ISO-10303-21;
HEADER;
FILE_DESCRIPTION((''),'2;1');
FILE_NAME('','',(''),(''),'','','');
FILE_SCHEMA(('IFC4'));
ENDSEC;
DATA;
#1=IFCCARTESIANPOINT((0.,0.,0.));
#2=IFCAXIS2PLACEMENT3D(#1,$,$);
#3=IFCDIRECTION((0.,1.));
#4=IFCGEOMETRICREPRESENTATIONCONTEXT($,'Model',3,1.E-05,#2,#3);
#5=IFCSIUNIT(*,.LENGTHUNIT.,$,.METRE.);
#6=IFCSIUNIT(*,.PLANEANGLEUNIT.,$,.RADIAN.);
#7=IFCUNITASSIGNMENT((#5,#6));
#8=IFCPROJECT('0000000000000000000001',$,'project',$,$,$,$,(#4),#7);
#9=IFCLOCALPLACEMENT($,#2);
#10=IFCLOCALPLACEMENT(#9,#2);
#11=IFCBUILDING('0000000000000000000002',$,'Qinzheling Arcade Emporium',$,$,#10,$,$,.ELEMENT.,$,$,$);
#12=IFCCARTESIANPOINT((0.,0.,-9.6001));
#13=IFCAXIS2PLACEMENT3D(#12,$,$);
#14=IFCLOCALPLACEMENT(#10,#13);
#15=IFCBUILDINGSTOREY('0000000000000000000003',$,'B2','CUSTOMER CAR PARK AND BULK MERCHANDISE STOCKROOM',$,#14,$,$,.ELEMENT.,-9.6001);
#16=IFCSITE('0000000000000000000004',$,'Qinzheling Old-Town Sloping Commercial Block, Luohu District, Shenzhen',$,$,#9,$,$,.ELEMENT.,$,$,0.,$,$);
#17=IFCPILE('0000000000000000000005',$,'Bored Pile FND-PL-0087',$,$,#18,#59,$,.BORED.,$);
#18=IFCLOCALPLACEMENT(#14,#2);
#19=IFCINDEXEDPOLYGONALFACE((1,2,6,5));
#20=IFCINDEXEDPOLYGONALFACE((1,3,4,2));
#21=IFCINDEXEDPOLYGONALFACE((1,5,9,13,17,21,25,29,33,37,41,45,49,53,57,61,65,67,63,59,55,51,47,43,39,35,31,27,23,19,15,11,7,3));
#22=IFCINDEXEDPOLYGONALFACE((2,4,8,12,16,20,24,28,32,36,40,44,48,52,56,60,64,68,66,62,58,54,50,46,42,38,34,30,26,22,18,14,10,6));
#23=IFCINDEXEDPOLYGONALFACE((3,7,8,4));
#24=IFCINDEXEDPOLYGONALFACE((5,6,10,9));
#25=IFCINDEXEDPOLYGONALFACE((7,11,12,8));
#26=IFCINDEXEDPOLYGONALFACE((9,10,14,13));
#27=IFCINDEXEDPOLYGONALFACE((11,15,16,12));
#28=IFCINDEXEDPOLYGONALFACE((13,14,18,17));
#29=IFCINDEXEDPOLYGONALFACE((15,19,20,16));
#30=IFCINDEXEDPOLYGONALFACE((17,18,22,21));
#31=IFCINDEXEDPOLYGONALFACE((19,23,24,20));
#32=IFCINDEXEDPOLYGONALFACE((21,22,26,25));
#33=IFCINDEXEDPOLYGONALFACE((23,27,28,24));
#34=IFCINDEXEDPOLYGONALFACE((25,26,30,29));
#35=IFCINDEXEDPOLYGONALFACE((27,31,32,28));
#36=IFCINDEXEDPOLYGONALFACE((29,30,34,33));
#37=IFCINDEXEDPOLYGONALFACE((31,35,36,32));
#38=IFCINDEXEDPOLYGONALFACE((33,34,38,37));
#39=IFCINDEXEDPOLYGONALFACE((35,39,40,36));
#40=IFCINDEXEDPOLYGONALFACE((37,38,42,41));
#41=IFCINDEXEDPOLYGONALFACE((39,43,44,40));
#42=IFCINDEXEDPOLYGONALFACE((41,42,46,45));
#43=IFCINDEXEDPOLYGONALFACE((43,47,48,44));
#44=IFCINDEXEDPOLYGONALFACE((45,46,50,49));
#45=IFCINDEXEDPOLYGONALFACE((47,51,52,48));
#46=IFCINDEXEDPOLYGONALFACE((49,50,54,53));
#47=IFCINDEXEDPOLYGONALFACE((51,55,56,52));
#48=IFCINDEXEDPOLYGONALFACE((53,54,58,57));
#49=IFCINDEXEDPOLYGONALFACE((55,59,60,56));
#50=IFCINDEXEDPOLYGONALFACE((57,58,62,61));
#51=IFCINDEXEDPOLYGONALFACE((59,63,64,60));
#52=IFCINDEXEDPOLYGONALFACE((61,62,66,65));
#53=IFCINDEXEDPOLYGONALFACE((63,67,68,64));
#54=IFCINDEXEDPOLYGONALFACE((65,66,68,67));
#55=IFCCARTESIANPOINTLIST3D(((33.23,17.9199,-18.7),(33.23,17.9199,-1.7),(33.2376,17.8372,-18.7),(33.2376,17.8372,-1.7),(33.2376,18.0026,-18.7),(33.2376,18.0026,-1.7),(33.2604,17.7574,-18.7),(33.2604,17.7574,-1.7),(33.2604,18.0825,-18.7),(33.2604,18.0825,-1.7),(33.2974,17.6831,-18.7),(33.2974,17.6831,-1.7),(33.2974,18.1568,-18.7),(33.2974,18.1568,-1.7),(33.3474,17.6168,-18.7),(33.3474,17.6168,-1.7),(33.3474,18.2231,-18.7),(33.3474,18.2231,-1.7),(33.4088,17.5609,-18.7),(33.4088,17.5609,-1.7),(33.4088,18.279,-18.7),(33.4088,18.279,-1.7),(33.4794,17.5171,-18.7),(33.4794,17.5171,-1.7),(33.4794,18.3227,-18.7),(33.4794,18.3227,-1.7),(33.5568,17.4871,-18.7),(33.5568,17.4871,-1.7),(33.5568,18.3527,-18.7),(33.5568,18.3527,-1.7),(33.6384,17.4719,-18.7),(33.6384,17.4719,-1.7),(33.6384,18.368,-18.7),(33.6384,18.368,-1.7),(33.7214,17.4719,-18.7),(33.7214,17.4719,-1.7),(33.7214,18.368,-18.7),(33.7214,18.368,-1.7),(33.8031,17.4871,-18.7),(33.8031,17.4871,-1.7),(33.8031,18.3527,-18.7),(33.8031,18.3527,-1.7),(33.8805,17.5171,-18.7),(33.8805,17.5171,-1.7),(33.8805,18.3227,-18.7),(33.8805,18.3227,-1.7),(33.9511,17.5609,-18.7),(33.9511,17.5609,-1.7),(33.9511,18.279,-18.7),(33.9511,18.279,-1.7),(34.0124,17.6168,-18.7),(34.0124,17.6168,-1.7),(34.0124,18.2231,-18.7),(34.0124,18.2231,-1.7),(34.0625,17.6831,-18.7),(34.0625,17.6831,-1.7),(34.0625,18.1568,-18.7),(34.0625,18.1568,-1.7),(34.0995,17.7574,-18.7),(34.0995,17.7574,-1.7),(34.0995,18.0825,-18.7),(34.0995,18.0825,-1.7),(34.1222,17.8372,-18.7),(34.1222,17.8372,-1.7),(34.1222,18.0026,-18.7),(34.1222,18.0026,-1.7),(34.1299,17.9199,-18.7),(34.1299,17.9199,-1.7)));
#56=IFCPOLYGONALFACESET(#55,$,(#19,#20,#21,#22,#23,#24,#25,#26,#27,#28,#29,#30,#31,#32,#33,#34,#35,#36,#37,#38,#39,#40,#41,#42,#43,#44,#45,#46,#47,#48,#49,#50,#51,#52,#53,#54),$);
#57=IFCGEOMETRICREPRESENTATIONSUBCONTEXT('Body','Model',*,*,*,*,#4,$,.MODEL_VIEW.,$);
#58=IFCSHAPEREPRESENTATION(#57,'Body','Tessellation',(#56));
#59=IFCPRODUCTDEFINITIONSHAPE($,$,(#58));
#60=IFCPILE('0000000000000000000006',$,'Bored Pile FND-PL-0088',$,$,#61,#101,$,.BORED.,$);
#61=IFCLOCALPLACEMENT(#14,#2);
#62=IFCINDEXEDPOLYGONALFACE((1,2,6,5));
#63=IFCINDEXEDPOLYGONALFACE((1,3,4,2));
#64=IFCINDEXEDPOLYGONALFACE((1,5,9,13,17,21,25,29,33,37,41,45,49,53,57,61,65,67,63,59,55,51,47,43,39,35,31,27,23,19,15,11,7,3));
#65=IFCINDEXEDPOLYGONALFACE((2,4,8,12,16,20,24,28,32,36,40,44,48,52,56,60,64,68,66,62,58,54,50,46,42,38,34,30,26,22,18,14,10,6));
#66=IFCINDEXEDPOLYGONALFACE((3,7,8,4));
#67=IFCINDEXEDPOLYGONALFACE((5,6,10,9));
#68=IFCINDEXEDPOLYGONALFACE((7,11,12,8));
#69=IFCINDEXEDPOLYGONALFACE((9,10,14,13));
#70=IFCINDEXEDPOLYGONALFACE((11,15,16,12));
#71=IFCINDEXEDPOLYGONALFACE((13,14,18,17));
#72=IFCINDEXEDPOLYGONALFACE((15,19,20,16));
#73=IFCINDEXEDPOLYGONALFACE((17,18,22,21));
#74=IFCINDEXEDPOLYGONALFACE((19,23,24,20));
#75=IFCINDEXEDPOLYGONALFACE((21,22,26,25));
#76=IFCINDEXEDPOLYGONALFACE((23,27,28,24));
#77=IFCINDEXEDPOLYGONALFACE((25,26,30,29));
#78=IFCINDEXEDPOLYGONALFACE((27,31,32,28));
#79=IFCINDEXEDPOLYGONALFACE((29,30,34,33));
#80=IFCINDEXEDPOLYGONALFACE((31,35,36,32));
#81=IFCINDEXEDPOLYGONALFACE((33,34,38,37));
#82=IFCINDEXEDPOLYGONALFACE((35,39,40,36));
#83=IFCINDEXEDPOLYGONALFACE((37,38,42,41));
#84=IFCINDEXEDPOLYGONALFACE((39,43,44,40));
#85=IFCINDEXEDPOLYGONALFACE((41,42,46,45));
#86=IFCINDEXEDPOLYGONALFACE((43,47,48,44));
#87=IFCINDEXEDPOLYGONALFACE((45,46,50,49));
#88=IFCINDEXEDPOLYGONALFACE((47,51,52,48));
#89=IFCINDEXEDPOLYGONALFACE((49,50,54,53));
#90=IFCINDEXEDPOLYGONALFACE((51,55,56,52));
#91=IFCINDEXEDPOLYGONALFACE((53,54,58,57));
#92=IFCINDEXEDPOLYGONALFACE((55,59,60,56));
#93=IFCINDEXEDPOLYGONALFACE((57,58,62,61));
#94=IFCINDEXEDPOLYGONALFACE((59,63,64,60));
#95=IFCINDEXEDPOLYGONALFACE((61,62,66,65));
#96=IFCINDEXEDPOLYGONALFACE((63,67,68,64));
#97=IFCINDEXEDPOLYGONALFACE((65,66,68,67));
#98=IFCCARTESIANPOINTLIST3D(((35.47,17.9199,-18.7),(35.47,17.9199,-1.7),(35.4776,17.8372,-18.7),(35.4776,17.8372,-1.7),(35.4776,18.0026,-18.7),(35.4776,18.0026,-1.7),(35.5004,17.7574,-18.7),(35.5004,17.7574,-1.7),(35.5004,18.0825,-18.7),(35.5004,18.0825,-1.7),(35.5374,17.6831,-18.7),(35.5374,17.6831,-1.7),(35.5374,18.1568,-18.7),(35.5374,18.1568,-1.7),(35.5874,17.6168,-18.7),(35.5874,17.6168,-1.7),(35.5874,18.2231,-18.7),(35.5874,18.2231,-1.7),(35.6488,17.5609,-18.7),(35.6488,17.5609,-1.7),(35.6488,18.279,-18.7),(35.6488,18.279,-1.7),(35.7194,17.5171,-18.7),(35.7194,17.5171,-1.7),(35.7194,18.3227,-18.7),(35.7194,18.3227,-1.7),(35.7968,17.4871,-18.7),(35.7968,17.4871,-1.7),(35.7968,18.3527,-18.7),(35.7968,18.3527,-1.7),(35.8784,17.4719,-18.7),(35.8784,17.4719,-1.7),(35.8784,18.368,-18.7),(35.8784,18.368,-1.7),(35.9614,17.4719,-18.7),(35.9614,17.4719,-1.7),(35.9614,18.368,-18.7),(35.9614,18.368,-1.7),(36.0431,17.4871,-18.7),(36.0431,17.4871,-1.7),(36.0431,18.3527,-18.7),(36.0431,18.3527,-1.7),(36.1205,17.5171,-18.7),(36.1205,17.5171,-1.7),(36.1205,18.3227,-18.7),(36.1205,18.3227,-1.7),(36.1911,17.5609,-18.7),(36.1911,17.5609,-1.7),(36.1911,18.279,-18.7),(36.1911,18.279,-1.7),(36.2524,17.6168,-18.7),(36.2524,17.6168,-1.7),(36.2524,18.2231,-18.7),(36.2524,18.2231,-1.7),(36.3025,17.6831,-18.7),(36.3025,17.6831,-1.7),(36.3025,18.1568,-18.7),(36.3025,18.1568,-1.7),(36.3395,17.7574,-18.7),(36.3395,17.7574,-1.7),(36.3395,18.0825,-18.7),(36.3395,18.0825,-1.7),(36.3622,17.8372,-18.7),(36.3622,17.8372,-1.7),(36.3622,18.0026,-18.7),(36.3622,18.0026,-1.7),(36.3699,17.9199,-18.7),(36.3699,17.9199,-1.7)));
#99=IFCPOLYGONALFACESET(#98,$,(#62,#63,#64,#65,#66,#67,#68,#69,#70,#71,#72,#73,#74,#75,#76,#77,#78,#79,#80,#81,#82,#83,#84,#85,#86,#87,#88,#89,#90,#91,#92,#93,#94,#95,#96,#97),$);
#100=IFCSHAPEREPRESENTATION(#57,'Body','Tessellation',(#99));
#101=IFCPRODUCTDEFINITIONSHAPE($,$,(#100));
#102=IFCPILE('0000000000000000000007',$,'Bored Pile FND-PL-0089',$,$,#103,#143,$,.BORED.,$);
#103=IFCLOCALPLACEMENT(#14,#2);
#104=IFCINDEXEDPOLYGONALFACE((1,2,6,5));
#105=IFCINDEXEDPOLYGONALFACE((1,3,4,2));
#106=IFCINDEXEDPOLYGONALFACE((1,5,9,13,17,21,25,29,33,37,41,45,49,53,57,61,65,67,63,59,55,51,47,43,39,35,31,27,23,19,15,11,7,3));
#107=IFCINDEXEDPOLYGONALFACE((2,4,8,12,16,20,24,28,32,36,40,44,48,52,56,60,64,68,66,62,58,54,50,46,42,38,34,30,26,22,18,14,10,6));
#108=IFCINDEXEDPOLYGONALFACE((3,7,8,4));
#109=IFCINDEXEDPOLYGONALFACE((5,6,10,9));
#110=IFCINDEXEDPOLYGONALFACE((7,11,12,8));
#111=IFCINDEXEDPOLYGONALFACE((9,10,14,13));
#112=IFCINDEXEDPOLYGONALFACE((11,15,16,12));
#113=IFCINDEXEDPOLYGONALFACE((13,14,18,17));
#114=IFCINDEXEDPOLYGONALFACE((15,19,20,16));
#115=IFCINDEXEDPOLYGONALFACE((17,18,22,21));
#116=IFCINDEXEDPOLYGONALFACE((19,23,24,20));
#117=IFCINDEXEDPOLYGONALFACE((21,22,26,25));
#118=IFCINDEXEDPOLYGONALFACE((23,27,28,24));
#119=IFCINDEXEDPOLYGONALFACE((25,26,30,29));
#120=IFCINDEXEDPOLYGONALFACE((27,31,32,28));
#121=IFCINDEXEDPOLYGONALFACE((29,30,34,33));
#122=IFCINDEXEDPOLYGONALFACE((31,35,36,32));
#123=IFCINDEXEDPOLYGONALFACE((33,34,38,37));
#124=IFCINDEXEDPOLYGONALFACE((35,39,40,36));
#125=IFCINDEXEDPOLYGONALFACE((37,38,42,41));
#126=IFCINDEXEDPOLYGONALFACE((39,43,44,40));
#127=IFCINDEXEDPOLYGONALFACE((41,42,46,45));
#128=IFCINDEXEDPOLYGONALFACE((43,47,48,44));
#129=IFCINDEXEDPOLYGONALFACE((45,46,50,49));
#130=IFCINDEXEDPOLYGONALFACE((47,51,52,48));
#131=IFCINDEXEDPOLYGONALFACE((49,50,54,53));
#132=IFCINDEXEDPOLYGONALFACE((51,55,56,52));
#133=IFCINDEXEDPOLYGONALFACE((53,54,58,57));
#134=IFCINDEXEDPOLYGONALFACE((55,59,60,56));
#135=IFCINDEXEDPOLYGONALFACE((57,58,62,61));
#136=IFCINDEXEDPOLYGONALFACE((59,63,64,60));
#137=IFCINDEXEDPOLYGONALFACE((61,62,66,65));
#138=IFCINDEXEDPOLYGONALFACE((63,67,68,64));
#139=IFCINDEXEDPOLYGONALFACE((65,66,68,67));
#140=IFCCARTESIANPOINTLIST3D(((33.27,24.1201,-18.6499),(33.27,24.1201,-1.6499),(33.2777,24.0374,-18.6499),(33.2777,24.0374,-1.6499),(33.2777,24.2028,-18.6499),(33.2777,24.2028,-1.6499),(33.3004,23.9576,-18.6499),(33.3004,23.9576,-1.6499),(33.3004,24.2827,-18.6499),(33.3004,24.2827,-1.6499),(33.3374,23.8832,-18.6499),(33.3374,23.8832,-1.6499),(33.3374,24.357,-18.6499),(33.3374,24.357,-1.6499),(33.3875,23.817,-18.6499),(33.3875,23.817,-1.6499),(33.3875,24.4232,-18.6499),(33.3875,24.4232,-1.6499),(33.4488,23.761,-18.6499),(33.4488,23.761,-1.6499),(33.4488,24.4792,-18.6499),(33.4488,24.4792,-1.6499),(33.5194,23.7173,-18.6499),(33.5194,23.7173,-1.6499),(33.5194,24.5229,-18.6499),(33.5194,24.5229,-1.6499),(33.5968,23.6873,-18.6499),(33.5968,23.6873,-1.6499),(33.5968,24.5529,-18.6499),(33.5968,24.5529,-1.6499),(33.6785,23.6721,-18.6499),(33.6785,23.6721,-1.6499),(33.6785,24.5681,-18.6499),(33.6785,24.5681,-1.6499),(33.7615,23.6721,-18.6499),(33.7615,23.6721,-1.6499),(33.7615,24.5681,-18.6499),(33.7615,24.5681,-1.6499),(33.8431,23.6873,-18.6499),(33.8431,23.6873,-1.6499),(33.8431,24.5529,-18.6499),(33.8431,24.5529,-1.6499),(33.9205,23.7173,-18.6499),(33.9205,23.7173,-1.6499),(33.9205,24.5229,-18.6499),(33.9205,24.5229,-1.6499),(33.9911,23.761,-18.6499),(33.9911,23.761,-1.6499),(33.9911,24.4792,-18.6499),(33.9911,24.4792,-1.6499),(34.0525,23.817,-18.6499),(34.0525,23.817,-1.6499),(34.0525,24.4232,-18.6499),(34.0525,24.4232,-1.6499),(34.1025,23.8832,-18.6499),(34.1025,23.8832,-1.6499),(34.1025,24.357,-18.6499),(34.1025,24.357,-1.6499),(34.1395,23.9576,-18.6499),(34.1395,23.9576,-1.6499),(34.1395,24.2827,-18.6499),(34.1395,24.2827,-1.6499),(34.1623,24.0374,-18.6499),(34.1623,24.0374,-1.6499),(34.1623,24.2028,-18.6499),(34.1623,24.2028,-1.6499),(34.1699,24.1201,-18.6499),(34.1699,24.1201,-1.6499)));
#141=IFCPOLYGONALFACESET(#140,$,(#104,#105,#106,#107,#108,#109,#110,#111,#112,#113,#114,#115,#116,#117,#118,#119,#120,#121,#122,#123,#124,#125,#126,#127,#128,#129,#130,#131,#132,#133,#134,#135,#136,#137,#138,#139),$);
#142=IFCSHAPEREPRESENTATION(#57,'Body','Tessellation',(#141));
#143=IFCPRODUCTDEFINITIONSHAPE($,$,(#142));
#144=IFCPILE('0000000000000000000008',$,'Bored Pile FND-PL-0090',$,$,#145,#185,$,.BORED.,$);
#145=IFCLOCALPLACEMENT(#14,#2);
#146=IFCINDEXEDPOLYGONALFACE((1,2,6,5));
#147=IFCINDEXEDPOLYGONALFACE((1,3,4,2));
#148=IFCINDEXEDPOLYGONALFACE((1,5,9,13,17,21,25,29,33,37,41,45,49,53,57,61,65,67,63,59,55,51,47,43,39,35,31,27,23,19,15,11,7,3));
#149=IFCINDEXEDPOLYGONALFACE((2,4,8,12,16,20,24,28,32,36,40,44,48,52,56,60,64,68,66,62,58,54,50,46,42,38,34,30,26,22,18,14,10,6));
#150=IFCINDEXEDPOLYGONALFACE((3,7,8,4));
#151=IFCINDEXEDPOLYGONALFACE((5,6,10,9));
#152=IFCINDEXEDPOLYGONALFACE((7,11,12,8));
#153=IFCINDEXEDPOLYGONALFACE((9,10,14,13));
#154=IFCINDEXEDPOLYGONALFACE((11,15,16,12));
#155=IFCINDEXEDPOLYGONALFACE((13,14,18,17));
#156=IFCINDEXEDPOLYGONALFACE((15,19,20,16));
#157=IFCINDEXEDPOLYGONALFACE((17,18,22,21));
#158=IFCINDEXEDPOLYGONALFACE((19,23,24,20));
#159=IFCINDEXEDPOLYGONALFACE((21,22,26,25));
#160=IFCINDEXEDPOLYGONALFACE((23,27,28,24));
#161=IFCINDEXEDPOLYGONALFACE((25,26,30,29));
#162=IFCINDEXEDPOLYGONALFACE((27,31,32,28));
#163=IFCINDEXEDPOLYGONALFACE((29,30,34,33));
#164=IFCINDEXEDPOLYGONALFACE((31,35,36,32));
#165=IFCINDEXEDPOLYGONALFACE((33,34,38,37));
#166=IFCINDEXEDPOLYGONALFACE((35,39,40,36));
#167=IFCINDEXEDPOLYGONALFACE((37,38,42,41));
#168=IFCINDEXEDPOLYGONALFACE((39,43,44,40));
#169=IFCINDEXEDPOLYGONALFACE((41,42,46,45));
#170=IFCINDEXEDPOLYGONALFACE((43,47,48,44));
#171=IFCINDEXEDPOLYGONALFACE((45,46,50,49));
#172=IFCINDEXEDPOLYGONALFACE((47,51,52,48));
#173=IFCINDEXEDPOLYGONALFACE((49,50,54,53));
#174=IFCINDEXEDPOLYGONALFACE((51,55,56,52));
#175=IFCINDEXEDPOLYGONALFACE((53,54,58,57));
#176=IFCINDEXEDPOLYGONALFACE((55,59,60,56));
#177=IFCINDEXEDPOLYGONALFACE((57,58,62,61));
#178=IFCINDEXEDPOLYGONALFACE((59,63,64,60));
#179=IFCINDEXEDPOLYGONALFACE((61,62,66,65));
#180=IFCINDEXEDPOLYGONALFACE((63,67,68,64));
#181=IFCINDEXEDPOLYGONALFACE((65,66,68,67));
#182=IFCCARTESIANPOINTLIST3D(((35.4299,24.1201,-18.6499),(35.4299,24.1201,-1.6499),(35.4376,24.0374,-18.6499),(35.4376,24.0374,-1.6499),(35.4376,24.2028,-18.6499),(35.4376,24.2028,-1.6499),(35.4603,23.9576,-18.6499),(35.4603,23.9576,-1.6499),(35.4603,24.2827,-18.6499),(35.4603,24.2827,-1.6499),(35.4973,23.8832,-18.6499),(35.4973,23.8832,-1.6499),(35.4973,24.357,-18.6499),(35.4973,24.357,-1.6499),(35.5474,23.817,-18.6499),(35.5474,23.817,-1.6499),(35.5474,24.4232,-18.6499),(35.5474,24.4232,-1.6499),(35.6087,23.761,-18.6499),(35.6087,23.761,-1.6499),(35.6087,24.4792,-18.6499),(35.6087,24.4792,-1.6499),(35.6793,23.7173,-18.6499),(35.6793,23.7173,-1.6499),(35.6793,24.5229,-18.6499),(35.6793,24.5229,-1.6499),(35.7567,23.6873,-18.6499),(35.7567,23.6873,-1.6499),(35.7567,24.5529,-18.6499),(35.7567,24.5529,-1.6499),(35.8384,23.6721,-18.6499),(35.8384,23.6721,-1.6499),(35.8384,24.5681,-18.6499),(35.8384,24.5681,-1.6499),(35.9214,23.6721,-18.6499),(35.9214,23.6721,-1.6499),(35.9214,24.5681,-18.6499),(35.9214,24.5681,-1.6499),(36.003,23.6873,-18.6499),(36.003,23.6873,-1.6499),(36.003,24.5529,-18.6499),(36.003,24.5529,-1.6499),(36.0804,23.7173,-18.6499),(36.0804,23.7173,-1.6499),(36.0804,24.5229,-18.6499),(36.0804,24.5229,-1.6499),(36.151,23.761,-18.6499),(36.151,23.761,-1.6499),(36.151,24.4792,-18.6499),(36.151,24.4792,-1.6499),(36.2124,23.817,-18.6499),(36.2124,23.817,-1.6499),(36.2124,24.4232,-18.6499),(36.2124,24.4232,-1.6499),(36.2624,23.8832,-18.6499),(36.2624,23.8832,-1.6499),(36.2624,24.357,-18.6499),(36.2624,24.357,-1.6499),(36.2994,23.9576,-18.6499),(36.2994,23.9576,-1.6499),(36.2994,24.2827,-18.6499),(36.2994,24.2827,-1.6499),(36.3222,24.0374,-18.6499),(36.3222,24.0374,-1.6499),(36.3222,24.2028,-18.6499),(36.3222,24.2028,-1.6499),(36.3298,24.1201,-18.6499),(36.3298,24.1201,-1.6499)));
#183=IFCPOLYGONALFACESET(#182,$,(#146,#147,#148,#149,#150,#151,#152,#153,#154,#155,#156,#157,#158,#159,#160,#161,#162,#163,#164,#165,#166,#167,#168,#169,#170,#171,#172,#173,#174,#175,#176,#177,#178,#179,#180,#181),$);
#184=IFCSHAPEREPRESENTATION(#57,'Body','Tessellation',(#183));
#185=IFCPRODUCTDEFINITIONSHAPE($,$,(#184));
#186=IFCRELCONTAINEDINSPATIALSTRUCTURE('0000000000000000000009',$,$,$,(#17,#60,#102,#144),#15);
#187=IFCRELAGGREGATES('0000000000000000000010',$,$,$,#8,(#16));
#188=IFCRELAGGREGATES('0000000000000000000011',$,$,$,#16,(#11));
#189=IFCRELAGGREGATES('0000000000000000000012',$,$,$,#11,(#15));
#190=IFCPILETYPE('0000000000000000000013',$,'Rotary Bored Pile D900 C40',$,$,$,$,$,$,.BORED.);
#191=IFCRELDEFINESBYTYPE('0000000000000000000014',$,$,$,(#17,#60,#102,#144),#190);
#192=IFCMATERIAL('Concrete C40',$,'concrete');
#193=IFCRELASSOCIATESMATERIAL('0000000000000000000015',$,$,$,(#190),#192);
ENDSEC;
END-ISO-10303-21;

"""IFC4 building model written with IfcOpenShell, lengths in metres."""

from ifc_helpers import new_model, si_unit, direction, frame, origin, origin_2d, place, context, subcontext, project, spatial, circle, extrude, material, material_profile, profile_set, type_object, element, save


model = new_model("IFC4")

# Units and contexts
model_context = context("Model", 3, precision=1e-05, world=origin(), true_north=direction((0.0, 1.0)))
body_context = subcontext(model_context, "Body", "Model", "MODEL_VIEW")
ifc_project = project(units=[si_unit("LENGTHUNIT", "METRE"), si_unit("PLANEANGLEUNIT", "RADIAN")], contexts=[model_context])

# Site, building, storey
site_placement = place(None, origin())
site = spatial("IfcSite", under=ifc_project, at=site_placement, Name="Qinzheling Old-Town Sloping Commercial Block, Luohu District, Shenzhen", CompositionType="ELEMENT", RefElevation=0.0)
building_placement = place(site_placement, origin())
building = spatial("IfcBuilding", under=site, at=building_placement, Name="Qinzheling Arcade Emporium", CompositionType="ELEMENT")
storey_placement = place(building_placement, frame((0.0, 0.0, -9.6001)))
storey = spatial("IfcBuildingStorey", under=building, at=storey_placement, Name="B2", Description="CUSTOMER CAR PARK AND BULK MERCHANDISE STOCKROOM", CompositionType="ELEMENT", Elevation=-9.6001)

# Shared definitions
ifc_material_1 = material(Name="Concrete C40", Category="concrete")

# Piles
ifc_material_profile_1 = material_profile(ifc_material_1, circle(Radius=0.45, at=origin_2d()), Name="BORED D900", Category="concrete")
ifc_profile_set_1 = profile_set([ifc_material_profile_1], Name="Concrete C40")
pile_type = type_object("IfcPileType", Name="Rotary Bored Pile D900 C40", PredefinedType="BORED", material=ifc_profile_set_1)
for number, where, z_axis, x_axis, name in (
    (1, (33.6799, 17.9199, -1.7), (0.0, 0.0, -1.0), (1.0, 0.0, 0.0), "Bored Pile FND-PL-0087"),
    (2, (35.9199, 17.9199, -1.7), (0.0, 0.0, -1.0), (1.0, 0.0, 0.0), "Bored Pile FND-PL-0088"),
    (3, (33.72, 24.1201, -1.6499), (0.0, 0.0, -1.0), (1.0, 0.0, 0.0), "Bored Pile FND-PL-0089"),
    (4, (35.8799, 24.1201, -1.6499), (0.0, 0.0, -1.0), (1.0, 0.0, 0.0), "Bored Pile FND-PL-0090"),
):
    element("IfcPile", number, at=place(storey_placement, frame(where, z_axis=z_axis, x_axis=x_axis)), inside=storey, type_object=pile_type, Name=name, PredefinedType="BORED", context=body_context, shape_type="SweptSolid", body=[
        extrude(circle(Radius=0.45, at=origin_2d()), origin(), (0.0, 0.0, 1.0), 17.0),
    ])

save(model, "model.ifc")
